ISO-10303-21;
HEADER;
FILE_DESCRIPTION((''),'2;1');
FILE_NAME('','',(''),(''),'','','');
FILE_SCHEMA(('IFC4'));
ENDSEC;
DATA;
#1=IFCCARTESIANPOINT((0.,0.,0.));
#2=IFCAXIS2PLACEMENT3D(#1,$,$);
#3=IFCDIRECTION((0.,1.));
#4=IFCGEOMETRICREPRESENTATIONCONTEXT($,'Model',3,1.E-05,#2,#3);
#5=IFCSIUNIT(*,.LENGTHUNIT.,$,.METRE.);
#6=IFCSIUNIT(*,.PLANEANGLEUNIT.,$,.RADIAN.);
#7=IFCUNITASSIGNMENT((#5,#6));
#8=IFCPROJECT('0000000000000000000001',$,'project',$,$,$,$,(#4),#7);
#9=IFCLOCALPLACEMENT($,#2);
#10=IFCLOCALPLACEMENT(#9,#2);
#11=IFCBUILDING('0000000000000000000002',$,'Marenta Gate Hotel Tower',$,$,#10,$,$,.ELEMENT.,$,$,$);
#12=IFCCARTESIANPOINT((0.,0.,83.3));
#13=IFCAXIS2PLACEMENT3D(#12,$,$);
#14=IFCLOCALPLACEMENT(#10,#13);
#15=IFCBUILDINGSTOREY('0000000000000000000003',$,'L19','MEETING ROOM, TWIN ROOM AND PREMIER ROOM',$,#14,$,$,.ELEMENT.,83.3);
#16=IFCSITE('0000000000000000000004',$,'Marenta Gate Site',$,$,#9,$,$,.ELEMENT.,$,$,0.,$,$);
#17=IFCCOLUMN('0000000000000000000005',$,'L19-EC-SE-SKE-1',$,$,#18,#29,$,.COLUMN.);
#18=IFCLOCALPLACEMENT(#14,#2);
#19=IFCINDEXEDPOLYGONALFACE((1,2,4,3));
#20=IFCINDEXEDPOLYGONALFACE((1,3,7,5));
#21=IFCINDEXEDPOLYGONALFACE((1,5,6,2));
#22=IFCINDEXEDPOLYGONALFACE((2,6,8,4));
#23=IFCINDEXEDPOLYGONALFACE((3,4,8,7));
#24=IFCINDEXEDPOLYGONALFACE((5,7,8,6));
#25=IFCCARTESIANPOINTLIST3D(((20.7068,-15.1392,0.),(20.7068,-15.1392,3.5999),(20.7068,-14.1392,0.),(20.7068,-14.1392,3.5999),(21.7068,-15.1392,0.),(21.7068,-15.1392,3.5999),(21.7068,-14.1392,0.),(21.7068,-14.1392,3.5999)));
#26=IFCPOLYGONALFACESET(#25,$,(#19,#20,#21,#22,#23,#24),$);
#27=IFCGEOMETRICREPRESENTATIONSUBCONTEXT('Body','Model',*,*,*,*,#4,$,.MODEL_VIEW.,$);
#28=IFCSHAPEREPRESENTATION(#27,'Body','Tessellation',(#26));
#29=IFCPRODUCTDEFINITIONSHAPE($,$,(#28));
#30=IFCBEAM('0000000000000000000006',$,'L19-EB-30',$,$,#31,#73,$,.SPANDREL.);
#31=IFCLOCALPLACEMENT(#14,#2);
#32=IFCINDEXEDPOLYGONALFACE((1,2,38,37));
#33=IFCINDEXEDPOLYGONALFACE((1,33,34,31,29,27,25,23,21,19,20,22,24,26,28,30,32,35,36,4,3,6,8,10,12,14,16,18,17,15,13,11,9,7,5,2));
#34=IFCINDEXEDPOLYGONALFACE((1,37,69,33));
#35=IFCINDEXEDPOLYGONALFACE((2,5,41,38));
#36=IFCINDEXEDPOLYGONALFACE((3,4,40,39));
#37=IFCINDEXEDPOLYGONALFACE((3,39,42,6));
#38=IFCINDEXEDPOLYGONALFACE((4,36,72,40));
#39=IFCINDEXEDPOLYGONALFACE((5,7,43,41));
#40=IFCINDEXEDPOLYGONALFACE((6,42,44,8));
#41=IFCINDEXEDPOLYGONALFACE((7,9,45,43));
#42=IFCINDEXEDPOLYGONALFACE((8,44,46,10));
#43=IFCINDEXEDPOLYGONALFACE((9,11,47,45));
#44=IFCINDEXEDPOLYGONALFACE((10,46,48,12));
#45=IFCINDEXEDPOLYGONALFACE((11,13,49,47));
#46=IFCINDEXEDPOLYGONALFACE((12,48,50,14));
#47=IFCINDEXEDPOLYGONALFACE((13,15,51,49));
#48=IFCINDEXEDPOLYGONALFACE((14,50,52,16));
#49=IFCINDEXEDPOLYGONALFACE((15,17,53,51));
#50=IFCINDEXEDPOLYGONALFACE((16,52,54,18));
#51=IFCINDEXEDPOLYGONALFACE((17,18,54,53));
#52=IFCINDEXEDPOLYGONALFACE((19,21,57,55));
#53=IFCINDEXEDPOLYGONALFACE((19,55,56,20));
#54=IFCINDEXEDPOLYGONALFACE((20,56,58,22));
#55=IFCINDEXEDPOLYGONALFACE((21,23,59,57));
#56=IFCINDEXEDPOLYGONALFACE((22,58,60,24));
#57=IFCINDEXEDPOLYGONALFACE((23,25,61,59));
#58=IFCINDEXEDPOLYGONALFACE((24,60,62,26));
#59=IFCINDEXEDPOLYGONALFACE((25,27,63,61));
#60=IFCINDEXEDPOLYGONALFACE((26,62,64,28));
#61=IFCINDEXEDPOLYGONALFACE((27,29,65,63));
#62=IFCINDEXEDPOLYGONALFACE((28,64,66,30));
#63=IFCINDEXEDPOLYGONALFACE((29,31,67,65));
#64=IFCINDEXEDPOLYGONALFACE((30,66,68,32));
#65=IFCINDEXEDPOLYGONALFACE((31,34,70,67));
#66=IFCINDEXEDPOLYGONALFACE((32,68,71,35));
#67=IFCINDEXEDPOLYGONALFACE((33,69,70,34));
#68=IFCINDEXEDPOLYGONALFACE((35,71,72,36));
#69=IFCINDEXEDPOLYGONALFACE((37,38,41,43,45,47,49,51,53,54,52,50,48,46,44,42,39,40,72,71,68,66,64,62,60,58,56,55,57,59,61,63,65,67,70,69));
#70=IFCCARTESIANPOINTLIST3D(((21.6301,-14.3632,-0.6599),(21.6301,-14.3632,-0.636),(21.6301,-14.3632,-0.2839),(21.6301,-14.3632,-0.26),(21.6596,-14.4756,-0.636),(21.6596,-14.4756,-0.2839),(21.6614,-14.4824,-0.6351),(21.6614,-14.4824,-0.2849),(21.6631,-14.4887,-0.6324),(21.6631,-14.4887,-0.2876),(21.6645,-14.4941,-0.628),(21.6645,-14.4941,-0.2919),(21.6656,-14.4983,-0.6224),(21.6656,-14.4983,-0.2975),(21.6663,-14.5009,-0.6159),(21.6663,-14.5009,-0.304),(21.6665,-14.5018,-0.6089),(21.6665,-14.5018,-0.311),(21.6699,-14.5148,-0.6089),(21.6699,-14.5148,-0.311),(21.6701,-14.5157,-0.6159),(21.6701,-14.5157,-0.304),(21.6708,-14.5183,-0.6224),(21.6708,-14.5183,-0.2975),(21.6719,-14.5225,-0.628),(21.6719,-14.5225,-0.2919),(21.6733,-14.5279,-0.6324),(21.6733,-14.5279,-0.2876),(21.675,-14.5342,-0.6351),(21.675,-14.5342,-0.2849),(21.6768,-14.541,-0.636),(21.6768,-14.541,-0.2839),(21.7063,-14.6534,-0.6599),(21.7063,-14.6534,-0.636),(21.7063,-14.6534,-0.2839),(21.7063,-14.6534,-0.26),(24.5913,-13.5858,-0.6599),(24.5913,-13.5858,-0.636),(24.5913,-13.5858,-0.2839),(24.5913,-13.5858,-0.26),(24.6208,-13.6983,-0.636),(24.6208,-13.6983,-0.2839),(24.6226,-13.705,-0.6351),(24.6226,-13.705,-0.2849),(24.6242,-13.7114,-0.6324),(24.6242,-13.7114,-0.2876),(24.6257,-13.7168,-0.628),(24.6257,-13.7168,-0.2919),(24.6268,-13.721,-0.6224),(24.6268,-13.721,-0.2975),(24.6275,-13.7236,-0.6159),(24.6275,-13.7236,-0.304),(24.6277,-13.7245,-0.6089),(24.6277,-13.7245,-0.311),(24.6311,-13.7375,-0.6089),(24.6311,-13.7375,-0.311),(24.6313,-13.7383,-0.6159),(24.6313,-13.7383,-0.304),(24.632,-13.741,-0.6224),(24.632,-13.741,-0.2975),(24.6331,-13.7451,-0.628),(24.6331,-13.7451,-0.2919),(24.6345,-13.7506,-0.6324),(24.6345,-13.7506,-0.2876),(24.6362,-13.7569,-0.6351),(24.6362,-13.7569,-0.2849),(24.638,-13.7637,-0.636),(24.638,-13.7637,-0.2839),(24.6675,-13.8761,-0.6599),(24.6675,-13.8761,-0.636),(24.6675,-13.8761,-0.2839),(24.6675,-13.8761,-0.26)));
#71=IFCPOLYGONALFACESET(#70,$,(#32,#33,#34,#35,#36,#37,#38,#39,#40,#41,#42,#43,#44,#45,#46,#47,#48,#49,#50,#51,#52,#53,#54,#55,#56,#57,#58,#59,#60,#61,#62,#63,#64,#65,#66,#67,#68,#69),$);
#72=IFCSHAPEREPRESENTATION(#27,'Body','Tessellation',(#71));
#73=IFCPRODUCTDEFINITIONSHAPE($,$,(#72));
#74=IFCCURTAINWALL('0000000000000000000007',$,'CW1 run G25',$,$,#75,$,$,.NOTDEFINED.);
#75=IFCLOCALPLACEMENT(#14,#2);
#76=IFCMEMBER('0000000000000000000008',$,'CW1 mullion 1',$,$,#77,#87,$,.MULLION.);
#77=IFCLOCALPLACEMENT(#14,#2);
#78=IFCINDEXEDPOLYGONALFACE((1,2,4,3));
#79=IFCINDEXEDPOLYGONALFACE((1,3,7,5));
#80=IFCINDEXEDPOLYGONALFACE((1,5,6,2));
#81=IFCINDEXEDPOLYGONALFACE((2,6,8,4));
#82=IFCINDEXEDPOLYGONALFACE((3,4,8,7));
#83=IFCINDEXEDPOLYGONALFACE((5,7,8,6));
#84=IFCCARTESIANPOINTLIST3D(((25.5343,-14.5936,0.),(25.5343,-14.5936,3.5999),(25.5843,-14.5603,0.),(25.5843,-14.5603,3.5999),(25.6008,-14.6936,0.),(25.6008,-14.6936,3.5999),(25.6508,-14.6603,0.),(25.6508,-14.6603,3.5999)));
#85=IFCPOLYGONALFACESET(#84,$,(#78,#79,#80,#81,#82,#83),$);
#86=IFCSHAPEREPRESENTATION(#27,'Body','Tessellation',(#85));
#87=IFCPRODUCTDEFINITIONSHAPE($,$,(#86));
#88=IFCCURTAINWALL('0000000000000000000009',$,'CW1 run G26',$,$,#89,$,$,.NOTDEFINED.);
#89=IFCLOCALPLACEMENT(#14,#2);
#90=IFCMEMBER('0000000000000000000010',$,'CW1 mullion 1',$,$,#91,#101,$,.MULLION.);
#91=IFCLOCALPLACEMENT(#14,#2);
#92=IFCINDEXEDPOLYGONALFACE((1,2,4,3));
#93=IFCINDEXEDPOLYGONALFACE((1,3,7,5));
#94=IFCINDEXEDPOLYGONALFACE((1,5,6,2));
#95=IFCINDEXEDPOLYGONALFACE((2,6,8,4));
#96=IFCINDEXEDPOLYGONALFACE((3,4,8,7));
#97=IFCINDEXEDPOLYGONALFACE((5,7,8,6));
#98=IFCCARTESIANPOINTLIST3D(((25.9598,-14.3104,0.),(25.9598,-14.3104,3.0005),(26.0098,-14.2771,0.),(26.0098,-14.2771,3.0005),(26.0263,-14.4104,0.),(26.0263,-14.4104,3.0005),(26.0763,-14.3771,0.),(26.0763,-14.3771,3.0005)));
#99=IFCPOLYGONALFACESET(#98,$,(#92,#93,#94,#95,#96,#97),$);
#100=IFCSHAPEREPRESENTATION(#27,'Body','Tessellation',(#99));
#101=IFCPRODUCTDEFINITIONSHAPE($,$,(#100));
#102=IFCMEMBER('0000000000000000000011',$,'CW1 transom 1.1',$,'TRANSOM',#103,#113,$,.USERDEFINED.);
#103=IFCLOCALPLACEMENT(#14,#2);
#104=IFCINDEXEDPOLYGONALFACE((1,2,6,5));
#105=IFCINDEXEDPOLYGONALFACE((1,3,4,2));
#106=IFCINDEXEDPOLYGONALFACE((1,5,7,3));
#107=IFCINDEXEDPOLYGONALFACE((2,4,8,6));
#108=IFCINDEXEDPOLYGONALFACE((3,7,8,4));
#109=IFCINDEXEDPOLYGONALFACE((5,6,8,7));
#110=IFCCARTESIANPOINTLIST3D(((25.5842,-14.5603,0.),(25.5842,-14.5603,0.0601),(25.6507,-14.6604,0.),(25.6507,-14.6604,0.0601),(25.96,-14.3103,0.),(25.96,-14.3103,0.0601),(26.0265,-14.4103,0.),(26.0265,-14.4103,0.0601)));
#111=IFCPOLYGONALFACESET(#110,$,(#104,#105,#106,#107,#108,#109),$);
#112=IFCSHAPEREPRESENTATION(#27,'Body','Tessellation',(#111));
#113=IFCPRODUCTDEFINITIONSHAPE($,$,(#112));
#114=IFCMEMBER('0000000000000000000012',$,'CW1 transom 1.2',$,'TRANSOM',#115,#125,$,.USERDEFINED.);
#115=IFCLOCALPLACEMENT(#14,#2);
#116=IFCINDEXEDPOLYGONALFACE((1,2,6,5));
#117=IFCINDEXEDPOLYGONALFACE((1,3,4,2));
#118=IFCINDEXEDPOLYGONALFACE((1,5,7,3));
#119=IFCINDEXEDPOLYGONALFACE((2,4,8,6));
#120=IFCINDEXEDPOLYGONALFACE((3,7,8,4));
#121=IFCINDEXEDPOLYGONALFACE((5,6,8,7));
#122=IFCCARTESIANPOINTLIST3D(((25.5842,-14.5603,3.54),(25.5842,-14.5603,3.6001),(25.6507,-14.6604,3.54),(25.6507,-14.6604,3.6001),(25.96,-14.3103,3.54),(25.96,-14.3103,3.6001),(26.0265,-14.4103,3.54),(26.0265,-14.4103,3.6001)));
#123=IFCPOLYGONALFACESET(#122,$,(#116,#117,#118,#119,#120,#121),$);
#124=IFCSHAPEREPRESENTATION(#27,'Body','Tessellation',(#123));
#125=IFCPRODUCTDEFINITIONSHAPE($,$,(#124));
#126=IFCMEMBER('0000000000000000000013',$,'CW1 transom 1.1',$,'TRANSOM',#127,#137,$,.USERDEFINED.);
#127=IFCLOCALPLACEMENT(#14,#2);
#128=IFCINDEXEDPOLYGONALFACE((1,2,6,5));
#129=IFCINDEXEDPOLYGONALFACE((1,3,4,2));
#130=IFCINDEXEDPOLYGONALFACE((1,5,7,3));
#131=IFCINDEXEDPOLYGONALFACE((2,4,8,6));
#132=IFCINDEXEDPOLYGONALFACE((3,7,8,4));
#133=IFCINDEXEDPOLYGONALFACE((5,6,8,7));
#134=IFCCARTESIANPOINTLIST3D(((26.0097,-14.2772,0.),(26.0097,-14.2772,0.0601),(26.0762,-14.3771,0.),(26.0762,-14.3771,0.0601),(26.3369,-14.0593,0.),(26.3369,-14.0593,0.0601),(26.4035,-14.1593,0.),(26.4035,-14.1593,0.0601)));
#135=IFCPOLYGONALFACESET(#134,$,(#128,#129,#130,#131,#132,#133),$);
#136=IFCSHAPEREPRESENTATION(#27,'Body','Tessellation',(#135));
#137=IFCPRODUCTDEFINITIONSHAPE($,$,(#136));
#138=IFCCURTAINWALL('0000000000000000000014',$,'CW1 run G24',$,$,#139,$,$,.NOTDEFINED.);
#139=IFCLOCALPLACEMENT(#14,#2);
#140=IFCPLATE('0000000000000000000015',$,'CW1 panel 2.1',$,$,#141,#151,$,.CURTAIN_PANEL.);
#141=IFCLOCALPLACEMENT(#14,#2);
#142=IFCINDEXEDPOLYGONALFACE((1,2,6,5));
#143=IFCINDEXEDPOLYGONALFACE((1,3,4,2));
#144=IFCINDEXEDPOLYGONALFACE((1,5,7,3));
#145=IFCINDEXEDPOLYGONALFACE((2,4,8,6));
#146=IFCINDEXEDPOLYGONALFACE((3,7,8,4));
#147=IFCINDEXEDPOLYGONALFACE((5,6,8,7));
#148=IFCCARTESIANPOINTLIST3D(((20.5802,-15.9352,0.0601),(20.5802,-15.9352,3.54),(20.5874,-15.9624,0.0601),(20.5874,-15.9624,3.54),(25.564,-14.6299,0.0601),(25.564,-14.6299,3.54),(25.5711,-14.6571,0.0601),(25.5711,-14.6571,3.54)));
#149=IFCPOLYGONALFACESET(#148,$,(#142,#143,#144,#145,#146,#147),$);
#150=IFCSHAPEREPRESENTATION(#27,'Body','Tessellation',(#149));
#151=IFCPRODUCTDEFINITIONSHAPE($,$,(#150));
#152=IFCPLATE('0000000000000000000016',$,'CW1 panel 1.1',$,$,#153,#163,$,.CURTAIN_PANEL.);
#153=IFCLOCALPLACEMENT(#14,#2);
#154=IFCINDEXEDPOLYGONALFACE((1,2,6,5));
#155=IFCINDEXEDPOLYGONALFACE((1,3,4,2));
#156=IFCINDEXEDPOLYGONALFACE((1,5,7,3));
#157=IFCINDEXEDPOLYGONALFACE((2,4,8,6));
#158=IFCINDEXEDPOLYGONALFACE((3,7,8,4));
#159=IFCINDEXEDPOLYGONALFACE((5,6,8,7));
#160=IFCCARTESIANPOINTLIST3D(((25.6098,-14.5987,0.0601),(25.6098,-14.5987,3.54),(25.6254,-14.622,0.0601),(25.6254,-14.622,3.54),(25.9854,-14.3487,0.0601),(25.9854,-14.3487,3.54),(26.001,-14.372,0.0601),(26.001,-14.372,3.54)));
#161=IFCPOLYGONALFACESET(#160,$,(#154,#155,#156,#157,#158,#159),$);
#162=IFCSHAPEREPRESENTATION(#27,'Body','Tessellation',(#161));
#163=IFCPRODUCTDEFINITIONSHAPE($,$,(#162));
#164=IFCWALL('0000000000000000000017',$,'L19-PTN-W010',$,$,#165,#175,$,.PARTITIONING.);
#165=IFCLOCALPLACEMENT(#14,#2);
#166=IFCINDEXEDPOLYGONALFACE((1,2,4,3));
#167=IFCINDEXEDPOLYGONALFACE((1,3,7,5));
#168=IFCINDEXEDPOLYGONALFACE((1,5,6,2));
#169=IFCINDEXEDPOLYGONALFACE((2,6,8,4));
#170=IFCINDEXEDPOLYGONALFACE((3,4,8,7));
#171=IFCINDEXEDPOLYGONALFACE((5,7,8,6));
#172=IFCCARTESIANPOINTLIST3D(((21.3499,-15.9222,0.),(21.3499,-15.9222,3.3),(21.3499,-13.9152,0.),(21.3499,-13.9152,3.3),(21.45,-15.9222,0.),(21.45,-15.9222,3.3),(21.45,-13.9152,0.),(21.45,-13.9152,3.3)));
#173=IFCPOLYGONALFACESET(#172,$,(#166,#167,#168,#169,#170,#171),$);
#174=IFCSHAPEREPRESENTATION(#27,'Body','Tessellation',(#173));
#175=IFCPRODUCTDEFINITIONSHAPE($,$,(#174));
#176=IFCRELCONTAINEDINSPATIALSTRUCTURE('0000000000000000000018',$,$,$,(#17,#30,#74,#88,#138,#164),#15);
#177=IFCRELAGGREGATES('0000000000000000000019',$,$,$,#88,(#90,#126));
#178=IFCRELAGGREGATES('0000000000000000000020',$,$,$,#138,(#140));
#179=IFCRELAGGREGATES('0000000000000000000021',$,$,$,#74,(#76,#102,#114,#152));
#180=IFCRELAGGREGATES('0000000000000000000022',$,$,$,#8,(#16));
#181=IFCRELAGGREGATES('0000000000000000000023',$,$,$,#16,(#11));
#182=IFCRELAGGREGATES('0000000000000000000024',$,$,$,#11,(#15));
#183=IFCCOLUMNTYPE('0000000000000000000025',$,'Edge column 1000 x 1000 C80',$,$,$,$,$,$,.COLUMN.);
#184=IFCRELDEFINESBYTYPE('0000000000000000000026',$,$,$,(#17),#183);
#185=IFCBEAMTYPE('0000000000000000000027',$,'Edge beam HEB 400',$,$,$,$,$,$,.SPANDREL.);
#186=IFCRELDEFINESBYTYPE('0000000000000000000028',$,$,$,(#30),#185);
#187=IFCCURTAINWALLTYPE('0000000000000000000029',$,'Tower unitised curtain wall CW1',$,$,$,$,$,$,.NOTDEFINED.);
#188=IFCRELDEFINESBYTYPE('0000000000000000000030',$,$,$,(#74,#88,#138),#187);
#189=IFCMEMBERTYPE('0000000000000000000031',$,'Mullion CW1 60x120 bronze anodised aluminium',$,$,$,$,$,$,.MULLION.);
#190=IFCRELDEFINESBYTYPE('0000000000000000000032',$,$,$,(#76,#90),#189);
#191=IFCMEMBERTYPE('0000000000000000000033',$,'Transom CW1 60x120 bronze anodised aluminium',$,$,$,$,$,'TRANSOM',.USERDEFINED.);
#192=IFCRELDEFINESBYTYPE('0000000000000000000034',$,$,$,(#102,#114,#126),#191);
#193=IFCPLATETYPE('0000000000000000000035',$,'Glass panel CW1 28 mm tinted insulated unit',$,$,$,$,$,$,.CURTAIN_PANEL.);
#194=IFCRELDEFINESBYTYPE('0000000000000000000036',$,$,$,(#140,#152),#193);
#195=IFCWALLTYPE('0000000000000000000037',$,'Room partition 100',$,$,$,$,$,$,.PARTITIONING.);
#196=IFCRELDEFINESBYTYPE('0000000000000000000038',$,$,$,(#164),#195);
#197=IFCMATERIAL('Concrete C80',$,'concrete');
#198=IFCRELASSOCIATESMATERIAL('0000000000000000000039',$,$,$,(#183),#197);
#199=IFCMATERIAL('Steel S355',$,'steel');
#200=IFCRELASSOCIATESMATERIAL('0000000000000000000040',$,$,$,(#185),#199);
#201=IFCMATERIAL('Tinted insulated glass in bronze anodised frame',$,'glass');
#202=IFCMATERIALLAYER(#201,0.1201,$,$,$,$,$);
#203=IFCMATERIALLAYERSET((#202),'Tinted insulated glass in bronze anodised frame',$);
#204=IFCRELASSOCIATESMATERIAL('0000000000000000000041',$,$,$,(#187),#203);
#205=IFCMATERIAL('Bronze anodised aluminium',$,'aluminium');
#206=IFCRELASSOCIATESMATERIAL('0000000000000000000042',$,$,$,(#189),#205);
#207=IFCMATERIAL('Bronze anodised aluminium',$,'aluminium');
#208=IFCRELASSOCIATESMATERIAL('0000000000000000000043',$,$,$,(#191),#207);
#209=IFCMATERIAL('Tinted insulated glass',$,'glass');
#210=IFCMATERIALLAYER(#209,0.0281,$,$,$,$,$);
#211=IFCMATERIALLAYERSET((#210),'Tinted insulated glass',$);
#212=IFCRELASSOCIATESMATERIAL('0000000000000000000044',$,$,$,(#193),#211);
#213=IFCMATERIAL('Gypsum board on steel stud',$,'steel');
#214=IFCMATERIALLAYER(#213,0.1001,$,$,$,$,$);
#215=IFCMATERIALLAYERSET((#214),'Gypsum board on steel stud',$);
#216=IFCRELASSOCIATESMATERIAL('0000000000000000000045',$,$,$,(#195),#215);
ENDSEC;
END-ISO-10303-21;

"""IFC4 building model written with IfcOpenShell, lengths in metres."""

from ifc_helpers import new_model, si_unit, direction, frame, frame_2d, origin, origin_2d, place, context, subcontext, project, spatial, rectangle, i_section, extrude, material, layer, layer_set, material_profile, profile_set, type_object, element, aggregate, save


model = new_model("IFC4")

# Units and contexts
model_context = context("Model", 3, precision=1e-05, world=origin(), true_north=direction((0.0, 1.0)))
body_context = subcontext(model_context, "Body", "Model", "MODEL_VIEW")
ifc_project = project(units=[si_unit("LENGTHUNIT", "METRE"), si_unit("PLANEANGLEUNIT", "RADIAN")], contexts=[model_context])

# Site, building, storey
site_placement = place(None, origin())
site = spatial("IfcSite", under=ifc_project, at=site_placement, Name="Marenta Gate Site", CompositionType="ELEMENT", RefElevation=0.0)
building_placement = place(site_placement, origin())
building = spatial("IfcBuilding", under=site, at=building_placement, Name="Marenta Gate Hotel Tower", CompositionType="ELEMENT")
storey_placement = place(building_placement, frame((0.0, 0.0, 83.3)))
storey = spatial("IfcBuildingStorey", under=building, at=storey_placement, Name="L19", Description="MEETING ROOM, TWIN ROOM AND PREMIER ROOM", CompositionType="ELEMENT", Elevation=83.3)

# Column
ifc_material_1 = material(Name="Concrete C80", Category="concrete")
ifc_material_profile_1 = material_profile(ifc_material_1, rectangle(XDim=1.0, YDim=1.0, at=origin_2d()), Name="1000 x 1000")
ifc_profile_set_1 = profile_set([ifc_material_profile_1], Name="Concrete C80")
column_type = type_object("IfcColumnType", Name="Edge column 1000 x 1000 C80", PredefinedType="COLUMN", material=ifc_profile_set_1)
column_placement = place(storey_placement, frame((21.2068, -14.6392, 0.0), z_axis=(0.0, 0.0, 1.0), x_axis=(1.0, 0.0, 0.0)))
element("IfcColumn", 1, at=column_placement, inside=storey, type_object=column_type, Name="L19-EC-SE-SKE-1", PredefinedType="COLUMN", context=body_context, shape_type="SweptSolid", body=[
    extrude(rectangle(XDim=1.0, YDim=1.0, at=origin_2d()), origin(), (0.0, 0.0, 1.0), 3.5999),
])

# Beam
ifc_material_2 = material(Name="Steel S355", Category="steel")
ifc_material_profile_2 = material_profile(ifc_material_2, i_section(OverallWidth=0.3, OverallDepth=0.3999, WebThickness=0.0134, FlangeThickness=0.0239, FilletRadius=0.0271, at=origin_2d()), Name="HEB 400")
ifc_profile_set_2 = profile_set([ifc_material_profile_2], Name="Steel S355")
beam_type = type_object("IfcBeamType", Name="Edge beam HEB 400", PredefinedType="SPANDREL", material=ifc_profile_set_2)
beam_placement = place(storey_placement, frame((24.6294, -13.731, -0.46), z_axis=(-0.967228, -0.253908, 0.0), x_axis=(0.253908, -0.967228, 0.0)))
element("IfcBeam", 2, at=beam_placement, inside=storey, type_object=beam_type, Name="L19-EB-30", PredefinedType="SPANDREL", context=body_context, shape_type="SweptSolid", body=[
    extrude(i_section(OverallWidth=0.3, OverallDepth=0.3999, WebThickness=0.0134, FlangeThickness=0.0239, FilletRadius=0.0271, at=origin_2d()), origin(), (0.0, 0.0, 1.0), 3.0615),
])

# Curtain walls, members
ifc_material_3 = material(Name="Tinted insulated glass in bronze anodised frame", Category="glass")
ifc_layer_1 = layer(ifc_material_3, 0.1201)
ifc_layer_set_1 = layer_set([ifc_layer_1], Name="Tinted insulated glass in bronze anodised frame")
curtain_wall_type = type_object("IfcCurtainWallType", Name="Tower unitised curtain wall CW1", PredefinedType="NOTDEFINED", material=ifc_layer_set_1)
curtain_wall_1_placement = place(storey_placement, origin())
curtain_wall_1 = element("IfcCurtainWall", 3, at=curtain_wall_1_placement, inside=storey, type_object=curtain_wall_type, Name="CW1 run G25", PredefinedType="NOTDEFINED")
ifc_material_4 = material(Name="Bronze anodised aluminium", Category="aluminium")
ifc_material_profile_3 = material_profile(ifc_material_4, rectangle(XDim=0.1201, YDim=0.0601, at=origin_2d()), Name="Mullion CW1 60x120 bronze anodised aluminium")
ifc_profile_set_3 = profile_set([ifc_material_profile_3], Name="Bronze anodised aluminium")
member_type_1 = type_object("IfcMemberType", Name="Mullion CW1 60x120 bronze anodised aluminium", PredefinedType="MULLION", material=ifc_profile_set_3)
member_1_placement = place(storey_placement, frame((25.5925, -14.627, 0.0), z_axis=(0.0, 0.0, 1.0), x_axis=(-0.554068, 0.832471, 0.0)))
member_1 = element("IfcMember", 4, at=member_1_placement, type_object=member_type_1, Name="CW1 mullion 1", PredefinedType="MULLION", context=body_context, shape_type="SweptSolid", body=[
    extrude(rectangle(XDim=0.1201, YDim=0.0601, at=origin_2d()), origin(), (0.0, 0.0, 1.0), 3.5999),
])
curtain_wall_2_placement = place(storey_placement, origin())
curtain_wall_2 = element("IfcCurtainWall", 5, at=curtain_wall_2_placement, inside=storey, type_object=curtain_wall_type, Name="CW1 run G26", PredefinedType="NOTDEFINED")
member_2_placement = place(storey_placement, frame((26.0181, -14.3438, 0.0), z_axis=(0.0, 0.0, 1.0), x_axis=(-0.554089, 0.832458, 0.0)))
member_2 = element("IfcMember", 6, at=member_2_placement, type_object=member_type_1, Name="CW1 mullion 1", PredefinedType="MULLION", context=body_context, shape_type="SweptSolid", body=[
    extrude(rectangle(XDim=0.1201, YDim=0.0601, at=origin_2d()), origin(), (0.0, 0.0, 1.0), 3.0005),
])

# Members
ifc_material_5 = material(Name="Bronze anodised aluminium", Category="aluminium")
ifc_material_profile_4 = material_profile(ifc_material_5, rectangle(XDim=0.1201, YDim=0.0601, at=origin_2d()), Name="Transom CW1 60x120 bronze anodised aluminium")
ifc_profile_set_4 = profile_set([ifc_material_profile_4], Name="Bronze anodised aluminium")
member_type_2 = type_object("IfcMemberType", Name="Transom CW1 60x120 bronze anodised aluminium", ElementType="TRANSOM", PredefinedType="USERDEFINED", material=ifc_profile_set_4)
member_3_placement = place(storey_placement, frame((25.6174, -14.6104, 0.03), z_axis=(0.832549, 0.553951, 0.0), x_axis=(-0.553951, 0.832549, 0.0)))
member_3 = element("IfcMember", 7, at=member_3_placement, type_object=member_type_2, Name="CW1 transom 1.1", ObjectType="TRANSOM", PredefinedType="USERDEFINED", context=body_context, shape_type="SweptSolid", body=[
    extrude(rectangle(XDim=0.1201, YDim=0.0601, at=origin_2d()), origin(), (0.0, 0.0, 1.0), 0.4514),
])
member_4_placement = place(storey_placement, frame((25.6174, -14.6104, 3.5701), z_axis=(0.832549, 0.553951, 0.0), x_axis=(-0.553951, 0.832549, 0.0)))
member_4 = element("IfcMember", 8, at=member_4_placement, type_object=member_type_2, Name="CW1 transom 1.2", ObjectType="TRANSOM", PredefinedType="USERDEFINED", context=body_context, shape_type="SweptSolid", body=[
    extrude(rectangle(XDim=0.1201, YDim=0.0601, at=origin_2d()), origin(), (0.0, 0.0, 1.0), 0.4514),
])
member_5_placement = place(storey_placement, frame((26.043, -14.3271, 0.03), z_axis=(0.832432, 0.554127, 0.0), x_axis=(-0.554127, 0.832432, 0.0)))
member_5 = element("IfcMember", 9, at=member_5_placement, type_object=member_type_2, Name="CW1 transom 1.1", ObjectType="TRANSOM", PredefinedType="USERDEFINED", context=body_context, shape_type="SweptSolid", body=[
    extrude(rectangle(XDim=0.1201, YDim=0.0601, at=origin_2d()), origin(), (0.0, 0.0, 1.0), 0.3931),
])
aggregate(curtain_wall_2, [member_2, member_5])

# Curtain wall, plate
curtain_wall_3_placement = place(storey_placement, origin())
curtain_wall_3 = element("IfcCurtainWall", 10, at=curtain_wall_3_placement, inside=storey, type_object=curtain_wall_type, Name="CW1 run G24", PredefinedType="NOTDEFINED")
ifc_material_6 = material(Name="Tinted insulated glass", Category="glass")
ifc_layer_2 = layer(ifc_material_6, 0.0281)
ifc_layer_set_2 = layer_set([ifc_layer_2], Name="Tinted insulated glass")
plate_type = type_object("IfcPlateType", Name="Glass panel CW1 28 mm tinted insulated unit", PredefinedType="CURTAIN_PANEL", material=ifc_layer_set_2)
plate_1_placement = place(storey_placement, frame((23.0757, -15.2961, 0.0601), z_axis=(0.0, 0.0, 1.0), x_axis=(0.967371, 0.253364, 0.0)))
plate_1 = element("IfcPlate", 11, at=plate_1_placement, type_object=plate_type, Name="CW1 panel 2.1", PredefinedType="CURTAIN_PANEL", context=body_context, shape_type="SweptSolid", body=[
    extrude(rectangle(XDim=5.1519, YDim=0.0281, at=origin_2d()), origin(), (0.0, 0.0, 1.0), 3.48),
])
aggregate(curtain_wall_3, [plate_1])

# Plate
plate_2_placement = place(storey_placement, frame((25.8054, -14.4854, 0.0601), z_axis=(0.0, 0.0, 1.0), x_axis=(0.832471, 0.554068, 0.0)))
plate_2 = element("IfcPlate", 12, at=plate_2_placement, type_object=plate_type, Name="CW1 panel 1.1", PredefinedType="CURTAIN_PANEL", context=body_context, shape_type="SweptSolid", body=[
    extrude(rectangle(XDim=0.4512, YDim=0.0281, at=origin_2d()), origin(), (0.0, 0.0, 1.0), 3.48),
])
aggregate(curtain_wall_1, [member_1, member_3, member_4, plate_2])

# Wall
ifc_material_7 = material(Name="Gypsum board on steel stud", Category="steel")
ifc_layer_3 = layer(ifc_material_7, 0.1001)
ifc_layer_set_3 = layer_set([ifc_layer_3], Name="Gypsum board on steel stud")
wall_type = type_object("IfcWallType", Name="Room partition 100", PredefinedType="PARTITIONING", material=ifc_layer_set_3)
wall_placement = place(storey_placement, frame((21.3999, -15.9221, 0.0), z_axis=(0.0, 0.0, 1.0), x_axis=(0.0, 1.0, 0.0)))
element("IfcWall", 13, at=wall_placement, inside=storey, type_object=wall_type, Name="L19-PTN-W010", PredefinedType="PARTITIONING", context=body_context, shape_type="SweptSolid", body=[
    extrude(rectangle(XDim=2.0071, YDim=0.1001, at=frame_2d((1.0034, 0.0))), origin(), (0.0, 0.0, 1.0), 3.3),
])

save(model, "model.ifc")
